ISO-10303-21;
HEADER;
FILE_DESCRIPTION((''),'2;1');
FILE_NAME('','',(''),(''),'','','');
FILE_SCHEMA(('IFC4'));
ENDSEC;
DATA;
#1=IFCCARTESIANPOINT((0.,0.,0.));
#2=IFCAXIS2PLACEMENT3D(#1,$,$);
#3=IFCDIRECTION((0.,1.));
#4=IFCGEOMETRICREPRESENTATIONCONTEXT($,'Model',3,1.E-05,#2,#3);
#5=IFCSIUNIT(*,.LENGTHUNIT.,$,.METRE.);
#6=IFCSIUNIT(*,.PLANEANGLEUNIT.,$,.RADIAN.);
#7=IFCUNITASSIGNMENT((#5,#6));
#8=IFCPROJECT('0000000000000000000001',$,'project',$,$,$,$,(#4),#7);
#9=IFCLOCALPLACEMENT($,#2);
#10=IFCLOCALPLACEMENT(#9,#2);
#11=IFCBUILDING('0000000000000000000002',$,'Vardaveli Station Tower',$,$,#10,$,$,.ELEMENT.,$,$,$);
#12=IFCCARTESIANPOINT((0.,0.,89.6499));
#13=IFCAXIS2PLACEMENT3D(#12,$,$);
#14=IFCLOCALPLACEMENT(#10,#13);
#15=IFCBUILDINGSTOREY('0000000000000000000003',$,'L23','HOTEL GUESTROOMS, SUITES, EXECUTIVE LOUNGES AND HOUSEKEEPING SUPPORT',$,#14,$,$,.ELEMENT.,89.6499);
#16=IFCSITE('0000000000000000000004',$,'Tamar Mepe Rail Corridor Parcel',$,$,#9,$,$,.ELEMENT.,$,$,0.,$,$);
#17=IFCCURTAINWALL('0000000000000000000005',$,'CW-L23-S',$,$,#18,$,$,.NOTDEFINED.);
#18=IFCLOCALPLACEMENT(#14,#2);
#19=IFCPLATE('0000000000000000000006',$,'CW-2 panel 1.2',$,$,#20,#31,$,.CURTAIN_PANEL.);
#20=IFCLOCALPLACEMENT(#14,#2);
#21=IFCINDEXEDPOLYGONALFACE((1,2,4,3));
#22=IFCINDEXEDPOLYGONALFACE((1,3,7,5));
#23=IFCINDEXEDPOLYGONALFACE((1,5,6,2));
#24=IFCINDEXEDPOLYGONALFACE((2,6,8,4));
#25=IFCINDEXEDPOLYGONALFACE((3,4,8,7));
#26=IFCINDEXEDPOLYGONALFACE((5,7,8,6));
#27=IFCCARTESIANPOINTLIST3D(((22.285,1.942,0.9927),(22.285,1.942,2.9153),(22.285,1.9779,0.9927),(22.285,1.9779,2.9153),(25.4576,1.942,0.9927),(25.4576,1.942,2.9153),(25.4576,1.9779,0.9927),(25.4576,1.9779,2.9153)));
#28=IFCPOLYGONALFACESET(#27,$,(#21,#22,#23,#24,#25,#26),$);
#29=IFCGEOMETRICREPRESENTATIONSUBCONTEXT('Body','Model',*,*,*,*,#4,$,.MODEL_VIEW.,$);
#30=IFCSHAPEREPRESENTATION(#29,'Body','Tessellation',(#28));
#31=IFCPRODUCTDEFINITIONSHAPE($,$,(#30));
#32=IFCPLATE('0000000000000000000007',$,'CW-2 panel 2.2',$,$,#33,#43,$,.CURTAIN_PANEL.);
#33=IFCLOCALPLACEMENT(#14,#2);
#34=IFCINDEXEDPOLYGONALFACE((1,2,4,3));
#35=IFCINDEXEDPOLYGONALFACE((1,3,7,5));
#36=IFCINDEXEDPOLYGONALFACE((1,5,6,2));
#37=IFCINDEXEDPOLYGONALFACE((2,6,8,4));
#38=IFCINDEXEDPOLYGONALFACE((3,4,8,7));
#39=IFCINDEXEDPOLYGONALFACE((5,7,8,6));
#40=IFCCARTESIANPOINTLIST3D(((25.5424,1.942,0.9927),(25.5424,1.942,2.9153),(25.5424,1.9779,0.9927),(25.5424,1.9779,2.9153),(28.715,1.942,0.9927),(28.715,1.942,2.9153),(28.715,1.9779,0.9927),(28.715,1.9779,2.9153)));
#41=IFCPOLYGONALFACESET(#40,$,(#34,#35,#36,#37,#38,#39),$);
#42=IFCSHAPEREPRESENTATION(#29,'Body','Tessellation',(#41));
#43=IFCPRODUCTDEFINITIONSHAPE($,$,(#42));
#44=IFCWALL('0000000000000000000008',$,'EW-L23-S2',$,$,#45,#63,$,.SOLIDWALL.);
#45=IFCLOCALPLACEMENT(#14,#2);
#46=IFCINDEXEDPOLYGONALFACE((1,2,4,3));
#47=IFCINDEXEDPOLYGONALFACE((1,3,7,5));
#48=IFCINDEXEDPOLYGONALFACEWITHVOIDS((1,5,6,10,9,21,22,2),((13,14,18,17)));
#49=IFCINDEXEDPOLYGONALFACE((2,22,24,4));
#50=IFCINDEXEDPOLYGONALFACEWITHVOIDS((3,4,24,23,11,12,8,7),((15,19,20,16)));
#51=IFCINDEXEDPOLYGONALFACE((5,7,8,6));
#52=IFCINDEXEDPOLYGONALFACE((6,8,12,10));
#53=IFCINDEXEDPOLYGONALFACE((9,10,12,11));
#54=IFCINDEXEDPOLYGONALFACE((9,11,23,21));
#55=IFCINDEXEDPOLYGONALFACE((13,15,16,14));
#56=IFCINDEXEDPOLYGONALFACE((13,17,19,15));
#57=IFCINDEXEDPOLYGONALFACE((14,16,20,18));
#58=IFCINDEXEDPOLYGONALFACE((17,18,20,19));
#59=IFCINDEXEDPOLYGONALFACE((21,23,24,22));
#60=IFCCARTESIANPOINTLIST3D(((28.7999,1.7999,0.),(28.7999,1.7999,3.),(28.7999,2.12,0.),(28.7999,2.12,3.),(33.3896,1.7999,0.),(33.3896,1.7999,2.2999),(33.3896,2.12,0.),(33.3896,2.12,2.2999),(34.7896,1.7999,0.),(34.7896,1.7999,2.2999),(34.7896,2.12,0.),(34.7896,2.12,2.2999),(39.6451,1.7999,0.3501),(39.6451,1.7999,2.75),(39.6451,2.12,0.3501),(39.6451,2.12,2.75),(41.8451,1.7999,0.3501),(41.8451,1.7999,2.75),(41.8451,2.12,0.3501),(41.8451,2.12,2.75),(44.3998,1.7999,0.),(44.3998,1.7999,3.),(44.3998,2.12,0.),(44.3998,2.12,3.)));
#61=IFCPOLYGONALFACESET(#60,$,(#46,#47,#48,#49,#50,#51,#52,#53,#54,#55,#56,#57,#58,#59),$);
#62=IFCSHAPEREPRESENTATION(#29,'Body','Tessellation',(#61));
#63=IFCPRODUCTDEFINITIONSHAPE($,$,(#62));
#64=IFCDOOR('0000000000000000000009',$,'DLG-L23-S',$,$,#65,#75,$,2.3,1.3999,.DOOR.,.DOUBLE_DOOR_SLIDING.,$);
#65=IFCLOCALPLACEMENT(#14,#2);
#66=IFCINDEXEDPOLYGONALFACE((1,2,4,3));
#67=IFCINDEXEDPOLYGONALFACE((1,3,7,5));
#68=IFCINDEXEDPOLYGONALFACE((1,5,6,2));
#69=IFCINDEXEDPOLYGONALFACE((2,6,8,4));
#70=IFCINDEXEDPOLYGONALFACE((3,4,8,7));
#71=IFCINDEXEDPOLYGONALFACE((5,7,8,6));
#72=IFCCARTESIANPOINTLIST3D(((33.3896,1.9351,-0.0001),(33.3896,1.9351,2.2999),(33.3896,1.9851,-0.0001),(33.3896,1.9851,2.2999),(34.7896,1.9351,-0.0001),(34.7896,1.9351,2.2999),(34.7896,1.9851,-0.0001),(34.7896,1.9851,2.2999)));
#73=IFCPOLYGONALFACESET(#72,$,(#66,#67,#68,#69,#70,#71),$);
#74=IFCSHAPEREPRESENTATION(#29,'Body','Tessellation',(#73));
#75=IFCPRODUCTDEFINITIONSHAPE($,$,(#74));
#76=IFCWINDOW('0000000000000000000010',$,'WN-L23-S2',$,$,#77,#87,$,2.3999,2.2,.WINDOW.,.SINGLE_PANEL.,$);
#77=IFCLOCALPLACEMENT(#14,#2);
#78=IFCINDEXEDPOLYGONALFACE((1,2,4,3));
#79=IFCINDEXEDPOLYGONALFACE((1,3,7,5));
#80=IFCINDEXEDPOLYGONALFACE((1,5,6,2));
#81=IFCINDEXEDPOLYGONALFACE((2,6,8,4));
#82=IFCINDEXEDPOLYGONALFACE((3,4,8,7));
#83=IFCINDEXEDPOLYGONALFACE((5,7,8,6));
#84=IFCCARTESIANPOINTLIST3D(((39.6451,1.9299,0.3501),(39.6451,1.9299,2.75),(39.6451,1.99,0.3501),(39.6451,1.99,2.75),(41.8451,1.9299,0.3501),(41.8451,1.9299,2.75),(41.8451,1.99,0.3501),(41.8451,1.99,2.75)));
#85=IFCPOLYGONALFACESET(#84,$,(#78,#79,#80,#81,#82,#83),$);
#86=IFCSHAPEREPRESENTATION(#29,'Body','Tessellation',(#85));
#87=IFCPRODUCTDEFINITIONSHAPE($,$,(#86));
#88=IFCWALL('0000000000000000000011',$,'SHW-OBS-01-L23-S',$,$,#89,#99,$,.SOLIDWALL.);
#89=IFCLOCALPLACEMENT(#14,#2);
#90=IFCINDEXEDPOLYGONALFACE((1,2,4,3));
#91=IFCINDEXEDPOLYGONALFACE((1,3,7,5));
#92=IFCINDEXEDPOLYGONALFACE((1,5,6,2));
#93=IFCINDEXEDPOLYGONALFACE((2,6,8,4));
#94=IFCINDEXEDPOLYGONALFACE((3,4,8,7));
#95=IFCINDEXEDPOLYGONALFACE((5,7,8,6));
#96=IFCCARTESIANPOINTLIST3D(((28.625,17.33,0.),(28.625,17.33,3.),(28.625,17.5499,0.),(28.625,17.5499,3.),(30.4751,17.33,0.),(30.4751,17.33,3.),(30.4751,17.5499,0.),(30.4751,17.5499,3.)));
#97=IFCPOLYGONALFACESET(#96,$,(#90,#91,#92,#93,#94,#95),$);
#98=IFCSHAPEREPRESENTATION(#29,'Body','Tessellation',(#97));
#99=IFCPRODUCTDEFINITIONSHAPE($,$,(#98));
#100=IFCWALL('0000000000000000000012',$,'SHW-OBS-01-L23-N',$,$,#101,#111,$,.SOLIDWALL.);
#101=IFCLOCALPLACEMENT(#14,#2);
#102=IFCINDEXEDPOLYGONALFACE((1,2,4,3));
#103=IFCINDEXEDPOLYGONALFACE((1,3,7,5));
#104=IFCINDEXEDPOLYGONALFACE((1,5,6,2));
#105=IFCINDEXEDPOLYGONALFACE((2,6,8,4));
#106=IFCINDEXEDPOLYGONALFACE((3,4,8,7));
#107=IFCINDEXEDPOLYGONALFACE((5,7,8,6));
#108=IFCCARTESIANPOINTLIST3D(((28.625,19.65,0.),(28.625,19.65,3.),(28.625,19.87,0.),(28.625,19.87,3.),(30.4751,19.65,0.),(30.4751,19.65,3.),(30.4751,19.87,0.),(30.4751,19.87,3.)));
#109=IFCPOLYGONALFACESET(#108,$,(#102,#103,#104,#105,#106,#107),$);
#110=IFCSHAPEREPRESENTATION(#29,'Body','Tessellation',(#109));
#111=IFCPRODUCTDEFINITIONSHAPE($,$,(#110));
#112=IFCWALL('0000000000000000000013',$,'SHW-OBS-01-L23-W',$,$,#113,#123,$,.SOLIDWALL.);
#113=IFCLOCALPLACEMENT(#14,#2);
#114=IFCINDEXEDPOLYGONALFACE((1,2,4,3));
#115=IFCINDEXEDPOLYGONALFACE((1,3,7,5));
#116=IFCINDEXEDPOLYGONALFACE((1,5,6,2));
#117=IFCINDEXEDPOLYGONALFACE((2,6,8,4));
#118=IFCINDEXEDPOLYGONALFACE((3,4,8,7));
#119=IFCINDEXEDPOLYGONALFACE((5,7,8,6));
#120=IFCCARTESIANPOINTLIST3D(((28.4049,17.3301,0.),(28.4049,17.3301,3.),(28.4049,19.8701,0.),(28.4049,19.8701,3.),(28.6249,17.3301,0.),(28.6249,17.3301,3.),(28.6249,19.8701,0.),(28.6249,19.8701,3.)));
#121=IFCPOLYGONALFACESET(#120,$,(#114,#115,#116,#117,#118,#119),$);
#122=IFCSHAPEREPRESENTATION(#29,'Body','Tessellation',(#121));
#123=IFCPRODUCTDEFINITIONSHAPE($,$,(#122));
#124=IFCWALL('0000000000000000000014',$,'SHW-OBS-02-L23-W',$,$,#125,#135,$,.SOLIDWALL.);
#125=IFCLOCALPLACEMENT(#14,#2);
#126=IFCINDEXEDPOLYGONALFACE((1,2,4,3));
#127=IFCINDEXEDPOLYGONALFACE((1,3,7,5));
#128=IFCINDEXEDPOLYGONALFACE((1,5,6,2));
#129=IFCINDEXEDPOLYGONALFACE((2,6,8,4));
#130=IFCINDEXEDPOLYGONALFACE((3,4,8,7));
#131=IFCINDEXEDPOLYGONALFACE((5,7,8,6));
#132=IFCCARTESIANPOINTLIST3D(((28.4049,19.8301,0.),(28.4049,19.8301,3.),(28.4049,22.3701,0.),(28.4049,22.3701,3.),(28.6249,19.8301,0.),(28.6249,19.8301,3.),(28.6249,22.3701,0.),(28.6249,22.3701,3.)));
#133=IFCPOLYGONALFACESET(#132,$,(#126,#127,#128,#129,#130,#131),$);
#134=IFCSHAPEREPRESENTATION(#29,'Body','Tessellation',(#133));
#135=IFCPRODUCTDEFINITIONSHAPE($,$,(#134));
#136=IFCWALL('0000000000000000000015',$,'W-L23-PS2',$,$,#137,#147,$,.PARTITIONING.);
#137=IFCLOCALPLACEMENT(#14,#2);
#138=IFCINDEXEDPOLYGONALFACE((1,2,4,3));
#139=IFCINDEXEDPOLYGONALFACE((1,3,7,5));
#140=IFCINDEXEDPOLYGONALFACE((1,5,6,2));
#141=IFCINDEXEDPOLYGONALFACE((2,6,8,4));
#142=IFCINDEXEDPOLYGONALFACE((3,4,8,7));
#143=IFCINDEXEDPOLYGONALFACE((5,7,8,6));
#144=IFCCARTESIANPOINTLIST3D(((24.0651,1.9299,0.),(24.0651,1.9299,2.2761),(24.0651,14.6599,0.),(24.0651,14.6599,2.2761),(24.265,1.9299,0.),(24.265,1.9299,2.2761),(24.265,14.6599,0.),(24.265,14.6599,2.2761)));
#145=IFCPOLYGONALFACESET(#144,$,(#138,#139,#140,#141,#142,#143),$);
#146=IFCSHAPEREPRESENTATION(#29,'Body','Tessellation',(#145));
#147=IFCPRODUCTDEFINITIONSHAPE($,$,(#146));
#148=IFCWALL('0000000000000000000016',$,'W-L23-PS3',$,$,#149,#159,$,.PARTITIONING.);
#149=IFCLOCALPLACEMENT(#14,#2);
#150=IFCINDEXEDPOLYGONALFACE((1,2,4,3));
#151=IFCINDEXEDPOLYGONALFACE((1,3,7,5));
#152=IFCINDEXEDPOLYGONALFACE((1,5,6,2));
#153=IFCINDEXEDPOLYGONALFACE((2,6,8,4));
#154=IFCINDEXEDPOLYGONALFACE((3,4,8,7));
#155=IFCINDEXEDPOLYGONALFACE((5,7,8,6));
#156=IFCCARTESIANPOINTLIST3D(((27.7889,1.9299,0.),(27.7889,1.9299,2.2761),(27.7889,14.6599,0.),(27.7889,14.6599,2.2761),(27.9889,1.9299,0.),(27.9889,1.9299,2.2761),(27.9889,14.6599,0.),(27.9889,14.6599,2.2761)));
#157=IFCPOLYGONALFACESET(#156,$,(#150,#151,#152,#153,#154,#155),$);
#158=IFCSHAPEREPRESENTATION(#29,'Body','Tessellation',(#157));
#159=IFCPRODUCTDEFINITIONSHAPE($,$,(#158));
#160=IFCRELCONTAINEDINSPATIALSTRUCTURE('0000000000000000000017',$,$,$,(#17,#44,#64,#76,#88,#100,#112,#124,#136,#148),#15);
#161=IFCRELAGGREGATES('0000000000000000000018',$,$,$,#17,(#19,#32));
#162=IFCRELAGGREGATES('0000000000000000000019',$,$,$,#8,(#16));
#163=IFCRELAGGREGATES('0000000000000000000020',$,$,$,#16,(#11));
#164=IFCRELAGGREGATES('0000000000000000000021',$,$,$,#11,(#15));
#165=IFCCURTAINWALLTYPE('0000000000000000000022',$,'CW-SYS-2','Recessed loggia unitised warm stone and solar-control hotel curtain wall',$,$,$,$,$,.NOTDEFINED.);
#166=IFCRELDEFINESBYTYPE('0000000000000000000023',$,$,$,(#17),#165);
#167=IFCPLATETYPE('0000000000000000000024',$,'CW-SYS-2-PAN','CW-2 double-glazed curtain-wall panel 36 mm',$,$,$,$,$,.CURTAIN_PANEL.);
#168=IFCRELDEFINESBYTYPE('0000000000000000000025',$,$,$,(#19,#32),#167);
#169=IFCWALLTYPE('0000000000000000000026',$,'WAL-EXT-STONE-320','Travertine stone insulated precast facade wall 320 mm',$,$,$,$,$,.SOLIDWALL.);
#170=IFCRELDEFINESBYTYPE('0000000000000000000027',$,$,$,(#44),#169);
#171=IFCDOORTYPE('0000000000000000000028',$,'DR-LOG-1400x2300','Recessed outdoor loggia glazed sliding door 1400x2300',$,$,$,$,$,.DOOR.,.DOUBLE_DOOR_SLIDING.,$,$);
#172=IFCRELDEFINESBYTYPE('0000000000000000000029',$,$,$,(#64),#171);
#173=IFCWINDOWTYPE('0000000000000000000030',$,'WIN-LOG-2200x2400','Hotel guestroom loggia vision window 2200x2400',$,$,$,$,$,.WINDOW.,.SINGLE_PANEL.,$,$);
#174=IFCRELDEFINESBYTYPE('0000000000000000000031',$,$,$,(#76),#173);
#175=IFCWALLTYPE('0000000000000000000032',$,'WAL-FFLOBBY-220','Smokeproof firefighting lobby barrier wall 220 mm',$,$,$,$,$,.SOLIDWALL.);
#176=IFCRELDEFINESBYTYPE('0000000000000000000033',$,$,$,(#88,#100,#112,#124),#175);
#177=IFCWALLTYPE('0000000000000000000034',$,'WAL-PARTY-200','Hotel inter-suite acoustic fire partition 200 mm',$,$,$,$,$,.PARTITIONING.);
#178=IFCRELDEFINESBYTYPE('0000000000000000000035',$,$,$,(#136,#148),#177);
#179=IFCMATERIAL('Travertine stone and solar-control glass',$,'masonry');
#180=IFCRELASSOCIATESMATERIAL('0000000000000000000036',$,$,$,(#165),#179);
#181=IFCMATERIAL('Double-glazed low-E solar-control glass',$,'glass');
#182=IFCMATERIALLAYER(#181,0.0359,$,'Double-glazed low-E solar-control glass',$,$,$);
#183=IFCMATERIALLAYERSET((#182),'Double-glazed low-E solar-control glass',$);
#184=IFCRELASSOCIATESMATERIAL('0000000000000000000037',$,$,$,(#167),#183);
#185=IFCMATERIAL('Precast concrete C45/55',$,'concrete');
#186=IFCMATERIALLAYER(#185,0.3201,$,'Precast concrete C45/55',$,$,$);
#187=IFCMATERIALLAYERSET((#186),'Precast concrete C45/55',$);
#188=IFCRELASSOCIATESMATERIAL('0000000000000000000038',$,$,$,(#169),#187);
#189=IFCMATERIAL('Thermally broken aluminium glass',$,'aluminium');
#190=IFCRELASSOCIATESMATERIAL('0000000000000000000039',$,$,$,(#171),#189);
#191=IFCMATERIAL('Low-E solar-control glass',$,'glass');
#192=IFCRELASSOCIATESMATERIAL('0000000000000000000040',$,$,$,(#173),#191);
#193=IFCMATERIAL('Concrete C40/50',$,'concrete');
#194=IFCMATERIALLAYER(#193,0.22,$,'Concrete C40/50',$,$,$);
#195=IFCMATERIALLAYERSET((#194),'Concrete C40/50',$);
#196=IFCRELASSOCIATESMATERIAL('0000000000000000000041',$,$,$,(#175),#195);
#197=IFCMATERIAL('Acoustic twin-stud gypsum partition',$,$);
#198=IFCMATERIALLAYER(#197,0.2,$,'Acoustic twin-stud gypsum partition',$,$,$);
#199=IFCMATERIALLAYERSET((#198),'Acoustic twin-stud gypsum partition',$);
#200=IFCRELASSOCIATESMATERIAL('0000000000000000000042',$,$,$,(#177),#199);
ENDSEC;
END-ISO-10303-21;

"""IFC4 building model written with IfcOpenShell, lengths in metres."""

from ifc_helpers import new_model, si_unit, direction, frame, frame_2d, origin, origin_2d, place, context, subcontext, project, spatial, rectangle, extrude, source, transform, mapped, material, layer, layer_set, type_object, element, fill, aggregate, save


model = new_model("IFC4")

# Units and contexts
model_context = context("Model", 3, precision=1e-05, world=origin(), true_north=direction((0.0, 1.0)))
body_context = subcontext(model_context, "Body", "Model", "MODEL_VIEW")
ifc_project = project(units=[si_unit("LENGTHUNIT", "METRE"), si_unit("PLANEANGLEUNIT", "RADIAN")], contexts=[model_context])

# Site, building, storey
site_placement = place(None, origin())
site = spatial("IfcSite", under=ifc_project, at=site_placement, Name="Tamar Mepe Rail Corridor Parcel", CompositionType="ELEMENT", RefElevation=0.0)
building_placement = place(site_placement, origin())
building = spatial("IfcBuilding", under=site, at=building_placement, Name="Vardaveli Station Tower", CompositionType="ELEMENT")
storey_placement = place(building_placement, frame((0.0, 0.0, 89.6499)))
storey = spatial("IfcBuildingStorey", under=building, at=storey_placement, Name="L23", Description="HOTEL GUESTROOMS, SUITES, EXECUTIVE LOUNGES AND HOUSEKEEPING SUPPORT", CompositionType="ELEMENT", Elevation=89.6499)

# Curtain wall, plates
ifc_material_1 = material(Name="Travertine stone and solar-control glass", Category="masonry")
curtain_wall_type = type_object("IfcCurtainWallType", Name="CW-SYS-2", Description="Recessed loggia unitised warm stone and solar-control hotel curtain wall", PredefinedType="NOTDEFINED", material=ifc_material_1)
curtain_wall_placement = place(storey_placement, origin())
curtain_wall = element("IfcCurtainWall", 1, at=curtain_wall_placement, inside=storey, type_object=curtain_wall_type, Name="CW-L23-S", PredefinedType="NOTDEFINED")
ifc_material_2 = material(Name="Double-glazed low-E solar-control glass", Category="glass")
ifc_layer_1 = layer(ifc_material_2, 0.0359, Name="Double-glazed low-E solar-control glass")
ifc_layer_set_1 = layer_set([ifc_layer_1], Name="Double-glazed low-E solar-control glass")
plate_type = type_object("IfcPlateType", Name="CW-SYS-2-PAN", Description="CW-2 double-glazed curtain-wall panel 36 mm", PredefinedType="CURTAIN_PANEL", material=ifc_layer_set_1)
shared_shape_1 = source(origin(), body_context, "Body", "SweptSolid", [
    extrude(rectangle(XDim=3.1726, YDim=0.0359, at=origin_2d()), origin(), (0.0, 0.0, 1.0), 1.9226),
])
plate_1_placement = place(storey_placement, frame((23.8713, 1.96, 0.9927), z_axis=(0.0, 0.0, 1.0), x_axis=(1.0, 0.0, 0.0)))
plate_1 = element("IfcPlate", 2, at=plate_1_placement, type_object=plate_type, Name="CW-2 panel 1.2", PredefinedType="CURTAIN_PANEL", context=body_context, shape_type="MappedRepresentation", body=[
    mapped(shared_shape_1, transform((0.0, 0.0, 0.0), scale=1.0)),
])
plate_2_placement = place(storey_placement, frame((27.1287, 1.96, 0.9927), z_axis=(0.0, 0.0, 1.0), x_axis=(1.0, 0.0, 0.0)))
plate_2 = element("IfcPlate", 3, at=plate_2_placement, type_object=plate_type, Name="CW-2 panel 2.2", PredefinedType="CURTAIN_PANEL", context=body_context, shape_type="MappedRepresentation", body=[
    mapped(shared_shape_1, transform((0.0, 0.0, 0.0), scale=1.0)),
])
aggregate(curtain_wall, [plate_1, plate_2])

# Wall, openings, door, window
ifc_material_3 = material(Name="Precast concrete C45/55", Category="concrete")
ifc_layer_2 = layer(ifc_material_3, 0.3201, Name="Precast concrete C45/55")
ifc_layer_set_2 = layer_set([ifc_layer_2], Name="Precast concrete C45/55")
wall_type_1 = type_object("IfcWallType", Name="WAL-EXT-STONE-320", Description="Travertine stone insulated precast facade wall 320 mm", PredefinedType="SOLIDWALL", material=ifc_layer_set_2)
shared_shape_2 = source(origin(), body_context, "Body", "SweptSolid", [
    extrude(rectangle(XDim=15.5999, YDim=0.3201, at=frame_2d((7.7998, 0.0))), origin(), (0.0, 0.0, 1.0), 3.0),
])
wall_placement = place(storey_placement, frame((28.8, 1.96, 0.0), z_axis=(0.0, 0.0, 1.0), x_axis=(1.0, 0.0, 0.0)))
wall = element("IfcWall", 4, at=wall_placement, inside=storey, type_object=wall_type_1, Name="EW-L23-S2", PredefinedType="SOLIDWALL", context=body_context, shape_type="MappedRepresentation", body=[
    mapped(shared_shape_2, transform((0.0, 0.0, 0.0), scale=1.0)),
])
shared_shape_3 = source(origin(), body_context, "Body", "SweptSolid", [
    extrude(rectangle(XDim=1.3999, YDim=2.3, at=frame_2d((0.7, 1.1499))), frame((0.0, 0.1699, 0.0), z_axis=(0.0, -1.0, 0.0), x_axis=(1.0, 0.0, 0.0)), (0.0, 0.0, 1.0), 0.3401),
])
opening_1_placement = place(wall_placement, frame((4.5896, 0.0, 0.0)))
opening_1 = element("IfcOpeningElement", 5, at=opening_1_placement, cuts=wall, PredefinedType="OPENING", context=body_context, shape_type="MappedRepresentation", body=[
    mapped(shared_shape_3, transform((0.0, 0.0, 0.0), scale=1.0)),
])
shared_shape_4 = source(origin(), body_context, "Body", "SweptSolid", [
    extrude(rectangle(XDim=2.2, YDim=2.3999, at=frame_2d((1.1001, 1.2))), frame((0.0, 0.1699, 0.0), z_axis=(0.0, -1.0, 0.0), x_axis=(1.0, 0.0, 0.0)), (0.0, 0.0, 1.0), 0.3401),
])
opening_2_placement = place(wall_placement, frame((10.845, 0.0, 0.3501)))
opening_2 = element("IfcOpeningElement", 6, at=opening_2_placement, cuts=wall, PredefinedType="OPENING", context=body_context, shape_type="MappedRepresentation", body=[
    mapped(shared_shape_4, transform((0.0, 0.0, 0.0), scale=1.0)),
])
ifc_material_4 = material(Name="Thermally broken aluminium glass", Category="aluminium")
door_type = type_object("IfcDoorType", Name="DR-LOG-1400x2300", Description="Recessed outdoor loggia glazed sliding door 1400x2300", OperationType="DOUBLE_DOOR_SLIDING", PredefinedType="DOOR", material=ifc_material_4)
shared_shape_5 = source(origin(), body_context, "Body", "SweptSolid", [
    extrude(rectangle(XDim=1.3999, YDim=2.3, at=frame_2d((0.7, 1.1499))), frame((0.0, 0.0249, 0.0), z_axis=(0.0, -1.0, 0.0), x_axis=(1.0, 0.0, 0.0)), (0.0, 0.0, 1.0), 0.05),
])
door_placement = place(opening_1_placement, frame((1.3999, 0.0, 0.0), z_axis=(0.0, 0.0, 1.0), x_axis=(-1.0, 0.0, 0.0)))
door = element("IfcDoor", 7, at=door_placement, inside=storey, type_object=door_type, Name="DLG-L23-S", OperationType="DOUBLE_DOOR_SLIDING", OverallHeight=2.3, OverallWidth=1.3999, PredefinedType="DOOR", context=body_context, shape_type="MappedRepresentation", body=[
    mapped(shared_shape_5, transform((0.0, 0.0, 0.0), scale=1.0)),
])
fill(opening_1, door)
ifc_material_5 = material(Name="Low-E solar-control glass", Category="glass")
window_type = type_object("IfcWindowType", Name="WIN-LOG-2200x2400", Description="Hotel guestroom loggia vision window 2200x2400", PartitioningType="SINGLE_PANEL", PredefinedType="WINDOW", material=ifc_material_5)
shared_shape_6 = source(origin(), body_context, "Body", "SweptSolid", [
    extrude(rectangle(XDim=2.2, YDim=2.3999, at=frame_2d((1.1001, 1.2))), frame((0.0, 0.03, 0.0), z_axis=(0.0, -1.0, 0.0), x_axis=(1.0, 0.0, 0.0)), (0.0, 0.0, 1.0), 0.0601),
])
window_placement = place(opening_2_placement, origin())
window = element("IfcWindow", 8, at=window_placement, inside=storey, type_object=window_type, Name="WN-L23-S2", OverallHeight=2.3999, OverallWidth=2.2, PartitioningType="SINGLE_PANEL", PredefinedType="WINDOW", context=body_context, shape_type="MappedRepresentation", body=[
    mapped(shared_shape_6, transform((0.0, 0.0, 0.0), scale=1.0)),
])
fill(opening_2, window)

# Walls
ifc_material_6 = material(Name="Concrete C40/50", Category="concrete")
ifc_layer_3 = layer(ifc_material_6, 0.22, Name="Concrete C40/50")
ifc_layer_set_3 = layer_set([ifc_layer_3], Name="Concrete C40/50")
wall_type_2 = type_object("IfcWallType", Name="WAL-FFLOBBY-220", Description="Smokeproof firefighting lobby barrier wall 220 mm", PredefinedType="SOLIDWALL", material=ifc_layer_set_3)
shared_shape_7 = source(origin(), body_context, "Body", "SweptSolid", [
    extrude(rectangle(XDim=1.8501, YDim=0.22, at=frame_2d((0.925, 0.0))), origin(), (0.0, 0.0, 1.0), 3.0),
])
for number, where, z_axis, x_axis, name in (
    (9, (28.625, 17.4399, 0.0), (0.0, 0.0, 1.0), (1.0, 0.0, 0.0), "SHW-OBS-01-L23-S"),
    (10, (28.625, 19.76, 0.0), (0.0, 0.0, 1.0), (1.0, 0.0, 0.0), "SHW-OBS-01-L23-N"),
):
    element("IfcWall", number, at=place(storey_placement, frame(where, z_axis=z_axis, x_axis=x_axis)), inside=storey, type_object=wall_type_2, Name=name, PredefinedType="SOLIDWALL", context=body_context, shape_type="MappedRepresentation", body=[
        mapped(shared_shape_7, transform((0.0, 0.0, 0.0), scale=1.0)),
    ])
shared_shape_8 = source(origin(), body_context, "Body", "SweptSolid", [
    extrude(rectangle(XDim=2.54, YDim=0.22, at=frame_2d((1.27, 0.0))), origin(), (0.0, 0.0, 1.0), 3.0),
])
for number, where, z_axis, x_axis, name in (
    (11, (28.5149, 17.3301, 0.0), (0.0, 0.0, 1.0), (0.0, 1.0, 0.0), "SHW-OBS-01-L23-W"),
    (12, (28.5149, 19.8301, 0.0), (0.0, 0.0, 1.0), (0.0, 1.0, 0.0), "SHW-OBS-02-L23-W"),
):
    element("IfcWall", number, at=place(storey_placement, frame(where, z_axis=z_axis, x_axis=x_axis)), inside=storey, type_object=wall_type_2, Name=name, PredefinedType="SOLIDWALL", context=body_context, shape_type="MappedRepresentation", body=[
        mapped(shared_shape_8, transform((0.0, 0.0, 0.0), scale=1.0)),
    ])
ifc_material_7 = material(Name="Acoustic twin-stud gypsum partition")
ifc_layer_4 = layer(ifc_material_7, 0.2, Name="Acoustic twin-stud gypsum partition")
ifc_layer_set_4 = layer_set([ifc_layer_4], Name="Acoustic twin-stud gypsum partition")
wall_type_3 = type_object("IfcWallType", Name="WAL-PARTY-200", Description="Hotel inter-suite acoustic fire partition 200 mm", PredefinedType="PARTITIONING", material=ifc_layer_set_4)
shared_shape_9 = source(origin(), body_context, "Body", "SweptSolid", [
    extrude(rectangle(XDim=12.73, YDim=0.2, at=frame_2d((6.365, 0.0))), origin(), (0.0, 0.0, 1.0), 2.2761),
])
for number, where, z_axis, x_axis, name in (
    (13, (24.165, 1.9299, 0.0), (0.0, 0.0, 1.0), (0.0, 1.0, 0.0), "W-L23-PS2"),
    (14, (27.8889, 1.9299, 0.0), (0.0, 0.0, 1.0), (0.0, 1.0, 0.0), "W-L23-PS3"),
):
    element("IfcWall", number, at=place(storey_placement, frame(where, z_axis=z_axis, x_axis=x_axis)), inside=storey, type_object=wall_type_3, Name=name, PredefinedType="PARTITIONING", context=body_context, shape_type="MappedRepresentation", body=[
        mapped(shared_shape_9, transform((0.0, 0.0, 0.0), scale=1.0)),
    ])

save(model, "model.ifc")
